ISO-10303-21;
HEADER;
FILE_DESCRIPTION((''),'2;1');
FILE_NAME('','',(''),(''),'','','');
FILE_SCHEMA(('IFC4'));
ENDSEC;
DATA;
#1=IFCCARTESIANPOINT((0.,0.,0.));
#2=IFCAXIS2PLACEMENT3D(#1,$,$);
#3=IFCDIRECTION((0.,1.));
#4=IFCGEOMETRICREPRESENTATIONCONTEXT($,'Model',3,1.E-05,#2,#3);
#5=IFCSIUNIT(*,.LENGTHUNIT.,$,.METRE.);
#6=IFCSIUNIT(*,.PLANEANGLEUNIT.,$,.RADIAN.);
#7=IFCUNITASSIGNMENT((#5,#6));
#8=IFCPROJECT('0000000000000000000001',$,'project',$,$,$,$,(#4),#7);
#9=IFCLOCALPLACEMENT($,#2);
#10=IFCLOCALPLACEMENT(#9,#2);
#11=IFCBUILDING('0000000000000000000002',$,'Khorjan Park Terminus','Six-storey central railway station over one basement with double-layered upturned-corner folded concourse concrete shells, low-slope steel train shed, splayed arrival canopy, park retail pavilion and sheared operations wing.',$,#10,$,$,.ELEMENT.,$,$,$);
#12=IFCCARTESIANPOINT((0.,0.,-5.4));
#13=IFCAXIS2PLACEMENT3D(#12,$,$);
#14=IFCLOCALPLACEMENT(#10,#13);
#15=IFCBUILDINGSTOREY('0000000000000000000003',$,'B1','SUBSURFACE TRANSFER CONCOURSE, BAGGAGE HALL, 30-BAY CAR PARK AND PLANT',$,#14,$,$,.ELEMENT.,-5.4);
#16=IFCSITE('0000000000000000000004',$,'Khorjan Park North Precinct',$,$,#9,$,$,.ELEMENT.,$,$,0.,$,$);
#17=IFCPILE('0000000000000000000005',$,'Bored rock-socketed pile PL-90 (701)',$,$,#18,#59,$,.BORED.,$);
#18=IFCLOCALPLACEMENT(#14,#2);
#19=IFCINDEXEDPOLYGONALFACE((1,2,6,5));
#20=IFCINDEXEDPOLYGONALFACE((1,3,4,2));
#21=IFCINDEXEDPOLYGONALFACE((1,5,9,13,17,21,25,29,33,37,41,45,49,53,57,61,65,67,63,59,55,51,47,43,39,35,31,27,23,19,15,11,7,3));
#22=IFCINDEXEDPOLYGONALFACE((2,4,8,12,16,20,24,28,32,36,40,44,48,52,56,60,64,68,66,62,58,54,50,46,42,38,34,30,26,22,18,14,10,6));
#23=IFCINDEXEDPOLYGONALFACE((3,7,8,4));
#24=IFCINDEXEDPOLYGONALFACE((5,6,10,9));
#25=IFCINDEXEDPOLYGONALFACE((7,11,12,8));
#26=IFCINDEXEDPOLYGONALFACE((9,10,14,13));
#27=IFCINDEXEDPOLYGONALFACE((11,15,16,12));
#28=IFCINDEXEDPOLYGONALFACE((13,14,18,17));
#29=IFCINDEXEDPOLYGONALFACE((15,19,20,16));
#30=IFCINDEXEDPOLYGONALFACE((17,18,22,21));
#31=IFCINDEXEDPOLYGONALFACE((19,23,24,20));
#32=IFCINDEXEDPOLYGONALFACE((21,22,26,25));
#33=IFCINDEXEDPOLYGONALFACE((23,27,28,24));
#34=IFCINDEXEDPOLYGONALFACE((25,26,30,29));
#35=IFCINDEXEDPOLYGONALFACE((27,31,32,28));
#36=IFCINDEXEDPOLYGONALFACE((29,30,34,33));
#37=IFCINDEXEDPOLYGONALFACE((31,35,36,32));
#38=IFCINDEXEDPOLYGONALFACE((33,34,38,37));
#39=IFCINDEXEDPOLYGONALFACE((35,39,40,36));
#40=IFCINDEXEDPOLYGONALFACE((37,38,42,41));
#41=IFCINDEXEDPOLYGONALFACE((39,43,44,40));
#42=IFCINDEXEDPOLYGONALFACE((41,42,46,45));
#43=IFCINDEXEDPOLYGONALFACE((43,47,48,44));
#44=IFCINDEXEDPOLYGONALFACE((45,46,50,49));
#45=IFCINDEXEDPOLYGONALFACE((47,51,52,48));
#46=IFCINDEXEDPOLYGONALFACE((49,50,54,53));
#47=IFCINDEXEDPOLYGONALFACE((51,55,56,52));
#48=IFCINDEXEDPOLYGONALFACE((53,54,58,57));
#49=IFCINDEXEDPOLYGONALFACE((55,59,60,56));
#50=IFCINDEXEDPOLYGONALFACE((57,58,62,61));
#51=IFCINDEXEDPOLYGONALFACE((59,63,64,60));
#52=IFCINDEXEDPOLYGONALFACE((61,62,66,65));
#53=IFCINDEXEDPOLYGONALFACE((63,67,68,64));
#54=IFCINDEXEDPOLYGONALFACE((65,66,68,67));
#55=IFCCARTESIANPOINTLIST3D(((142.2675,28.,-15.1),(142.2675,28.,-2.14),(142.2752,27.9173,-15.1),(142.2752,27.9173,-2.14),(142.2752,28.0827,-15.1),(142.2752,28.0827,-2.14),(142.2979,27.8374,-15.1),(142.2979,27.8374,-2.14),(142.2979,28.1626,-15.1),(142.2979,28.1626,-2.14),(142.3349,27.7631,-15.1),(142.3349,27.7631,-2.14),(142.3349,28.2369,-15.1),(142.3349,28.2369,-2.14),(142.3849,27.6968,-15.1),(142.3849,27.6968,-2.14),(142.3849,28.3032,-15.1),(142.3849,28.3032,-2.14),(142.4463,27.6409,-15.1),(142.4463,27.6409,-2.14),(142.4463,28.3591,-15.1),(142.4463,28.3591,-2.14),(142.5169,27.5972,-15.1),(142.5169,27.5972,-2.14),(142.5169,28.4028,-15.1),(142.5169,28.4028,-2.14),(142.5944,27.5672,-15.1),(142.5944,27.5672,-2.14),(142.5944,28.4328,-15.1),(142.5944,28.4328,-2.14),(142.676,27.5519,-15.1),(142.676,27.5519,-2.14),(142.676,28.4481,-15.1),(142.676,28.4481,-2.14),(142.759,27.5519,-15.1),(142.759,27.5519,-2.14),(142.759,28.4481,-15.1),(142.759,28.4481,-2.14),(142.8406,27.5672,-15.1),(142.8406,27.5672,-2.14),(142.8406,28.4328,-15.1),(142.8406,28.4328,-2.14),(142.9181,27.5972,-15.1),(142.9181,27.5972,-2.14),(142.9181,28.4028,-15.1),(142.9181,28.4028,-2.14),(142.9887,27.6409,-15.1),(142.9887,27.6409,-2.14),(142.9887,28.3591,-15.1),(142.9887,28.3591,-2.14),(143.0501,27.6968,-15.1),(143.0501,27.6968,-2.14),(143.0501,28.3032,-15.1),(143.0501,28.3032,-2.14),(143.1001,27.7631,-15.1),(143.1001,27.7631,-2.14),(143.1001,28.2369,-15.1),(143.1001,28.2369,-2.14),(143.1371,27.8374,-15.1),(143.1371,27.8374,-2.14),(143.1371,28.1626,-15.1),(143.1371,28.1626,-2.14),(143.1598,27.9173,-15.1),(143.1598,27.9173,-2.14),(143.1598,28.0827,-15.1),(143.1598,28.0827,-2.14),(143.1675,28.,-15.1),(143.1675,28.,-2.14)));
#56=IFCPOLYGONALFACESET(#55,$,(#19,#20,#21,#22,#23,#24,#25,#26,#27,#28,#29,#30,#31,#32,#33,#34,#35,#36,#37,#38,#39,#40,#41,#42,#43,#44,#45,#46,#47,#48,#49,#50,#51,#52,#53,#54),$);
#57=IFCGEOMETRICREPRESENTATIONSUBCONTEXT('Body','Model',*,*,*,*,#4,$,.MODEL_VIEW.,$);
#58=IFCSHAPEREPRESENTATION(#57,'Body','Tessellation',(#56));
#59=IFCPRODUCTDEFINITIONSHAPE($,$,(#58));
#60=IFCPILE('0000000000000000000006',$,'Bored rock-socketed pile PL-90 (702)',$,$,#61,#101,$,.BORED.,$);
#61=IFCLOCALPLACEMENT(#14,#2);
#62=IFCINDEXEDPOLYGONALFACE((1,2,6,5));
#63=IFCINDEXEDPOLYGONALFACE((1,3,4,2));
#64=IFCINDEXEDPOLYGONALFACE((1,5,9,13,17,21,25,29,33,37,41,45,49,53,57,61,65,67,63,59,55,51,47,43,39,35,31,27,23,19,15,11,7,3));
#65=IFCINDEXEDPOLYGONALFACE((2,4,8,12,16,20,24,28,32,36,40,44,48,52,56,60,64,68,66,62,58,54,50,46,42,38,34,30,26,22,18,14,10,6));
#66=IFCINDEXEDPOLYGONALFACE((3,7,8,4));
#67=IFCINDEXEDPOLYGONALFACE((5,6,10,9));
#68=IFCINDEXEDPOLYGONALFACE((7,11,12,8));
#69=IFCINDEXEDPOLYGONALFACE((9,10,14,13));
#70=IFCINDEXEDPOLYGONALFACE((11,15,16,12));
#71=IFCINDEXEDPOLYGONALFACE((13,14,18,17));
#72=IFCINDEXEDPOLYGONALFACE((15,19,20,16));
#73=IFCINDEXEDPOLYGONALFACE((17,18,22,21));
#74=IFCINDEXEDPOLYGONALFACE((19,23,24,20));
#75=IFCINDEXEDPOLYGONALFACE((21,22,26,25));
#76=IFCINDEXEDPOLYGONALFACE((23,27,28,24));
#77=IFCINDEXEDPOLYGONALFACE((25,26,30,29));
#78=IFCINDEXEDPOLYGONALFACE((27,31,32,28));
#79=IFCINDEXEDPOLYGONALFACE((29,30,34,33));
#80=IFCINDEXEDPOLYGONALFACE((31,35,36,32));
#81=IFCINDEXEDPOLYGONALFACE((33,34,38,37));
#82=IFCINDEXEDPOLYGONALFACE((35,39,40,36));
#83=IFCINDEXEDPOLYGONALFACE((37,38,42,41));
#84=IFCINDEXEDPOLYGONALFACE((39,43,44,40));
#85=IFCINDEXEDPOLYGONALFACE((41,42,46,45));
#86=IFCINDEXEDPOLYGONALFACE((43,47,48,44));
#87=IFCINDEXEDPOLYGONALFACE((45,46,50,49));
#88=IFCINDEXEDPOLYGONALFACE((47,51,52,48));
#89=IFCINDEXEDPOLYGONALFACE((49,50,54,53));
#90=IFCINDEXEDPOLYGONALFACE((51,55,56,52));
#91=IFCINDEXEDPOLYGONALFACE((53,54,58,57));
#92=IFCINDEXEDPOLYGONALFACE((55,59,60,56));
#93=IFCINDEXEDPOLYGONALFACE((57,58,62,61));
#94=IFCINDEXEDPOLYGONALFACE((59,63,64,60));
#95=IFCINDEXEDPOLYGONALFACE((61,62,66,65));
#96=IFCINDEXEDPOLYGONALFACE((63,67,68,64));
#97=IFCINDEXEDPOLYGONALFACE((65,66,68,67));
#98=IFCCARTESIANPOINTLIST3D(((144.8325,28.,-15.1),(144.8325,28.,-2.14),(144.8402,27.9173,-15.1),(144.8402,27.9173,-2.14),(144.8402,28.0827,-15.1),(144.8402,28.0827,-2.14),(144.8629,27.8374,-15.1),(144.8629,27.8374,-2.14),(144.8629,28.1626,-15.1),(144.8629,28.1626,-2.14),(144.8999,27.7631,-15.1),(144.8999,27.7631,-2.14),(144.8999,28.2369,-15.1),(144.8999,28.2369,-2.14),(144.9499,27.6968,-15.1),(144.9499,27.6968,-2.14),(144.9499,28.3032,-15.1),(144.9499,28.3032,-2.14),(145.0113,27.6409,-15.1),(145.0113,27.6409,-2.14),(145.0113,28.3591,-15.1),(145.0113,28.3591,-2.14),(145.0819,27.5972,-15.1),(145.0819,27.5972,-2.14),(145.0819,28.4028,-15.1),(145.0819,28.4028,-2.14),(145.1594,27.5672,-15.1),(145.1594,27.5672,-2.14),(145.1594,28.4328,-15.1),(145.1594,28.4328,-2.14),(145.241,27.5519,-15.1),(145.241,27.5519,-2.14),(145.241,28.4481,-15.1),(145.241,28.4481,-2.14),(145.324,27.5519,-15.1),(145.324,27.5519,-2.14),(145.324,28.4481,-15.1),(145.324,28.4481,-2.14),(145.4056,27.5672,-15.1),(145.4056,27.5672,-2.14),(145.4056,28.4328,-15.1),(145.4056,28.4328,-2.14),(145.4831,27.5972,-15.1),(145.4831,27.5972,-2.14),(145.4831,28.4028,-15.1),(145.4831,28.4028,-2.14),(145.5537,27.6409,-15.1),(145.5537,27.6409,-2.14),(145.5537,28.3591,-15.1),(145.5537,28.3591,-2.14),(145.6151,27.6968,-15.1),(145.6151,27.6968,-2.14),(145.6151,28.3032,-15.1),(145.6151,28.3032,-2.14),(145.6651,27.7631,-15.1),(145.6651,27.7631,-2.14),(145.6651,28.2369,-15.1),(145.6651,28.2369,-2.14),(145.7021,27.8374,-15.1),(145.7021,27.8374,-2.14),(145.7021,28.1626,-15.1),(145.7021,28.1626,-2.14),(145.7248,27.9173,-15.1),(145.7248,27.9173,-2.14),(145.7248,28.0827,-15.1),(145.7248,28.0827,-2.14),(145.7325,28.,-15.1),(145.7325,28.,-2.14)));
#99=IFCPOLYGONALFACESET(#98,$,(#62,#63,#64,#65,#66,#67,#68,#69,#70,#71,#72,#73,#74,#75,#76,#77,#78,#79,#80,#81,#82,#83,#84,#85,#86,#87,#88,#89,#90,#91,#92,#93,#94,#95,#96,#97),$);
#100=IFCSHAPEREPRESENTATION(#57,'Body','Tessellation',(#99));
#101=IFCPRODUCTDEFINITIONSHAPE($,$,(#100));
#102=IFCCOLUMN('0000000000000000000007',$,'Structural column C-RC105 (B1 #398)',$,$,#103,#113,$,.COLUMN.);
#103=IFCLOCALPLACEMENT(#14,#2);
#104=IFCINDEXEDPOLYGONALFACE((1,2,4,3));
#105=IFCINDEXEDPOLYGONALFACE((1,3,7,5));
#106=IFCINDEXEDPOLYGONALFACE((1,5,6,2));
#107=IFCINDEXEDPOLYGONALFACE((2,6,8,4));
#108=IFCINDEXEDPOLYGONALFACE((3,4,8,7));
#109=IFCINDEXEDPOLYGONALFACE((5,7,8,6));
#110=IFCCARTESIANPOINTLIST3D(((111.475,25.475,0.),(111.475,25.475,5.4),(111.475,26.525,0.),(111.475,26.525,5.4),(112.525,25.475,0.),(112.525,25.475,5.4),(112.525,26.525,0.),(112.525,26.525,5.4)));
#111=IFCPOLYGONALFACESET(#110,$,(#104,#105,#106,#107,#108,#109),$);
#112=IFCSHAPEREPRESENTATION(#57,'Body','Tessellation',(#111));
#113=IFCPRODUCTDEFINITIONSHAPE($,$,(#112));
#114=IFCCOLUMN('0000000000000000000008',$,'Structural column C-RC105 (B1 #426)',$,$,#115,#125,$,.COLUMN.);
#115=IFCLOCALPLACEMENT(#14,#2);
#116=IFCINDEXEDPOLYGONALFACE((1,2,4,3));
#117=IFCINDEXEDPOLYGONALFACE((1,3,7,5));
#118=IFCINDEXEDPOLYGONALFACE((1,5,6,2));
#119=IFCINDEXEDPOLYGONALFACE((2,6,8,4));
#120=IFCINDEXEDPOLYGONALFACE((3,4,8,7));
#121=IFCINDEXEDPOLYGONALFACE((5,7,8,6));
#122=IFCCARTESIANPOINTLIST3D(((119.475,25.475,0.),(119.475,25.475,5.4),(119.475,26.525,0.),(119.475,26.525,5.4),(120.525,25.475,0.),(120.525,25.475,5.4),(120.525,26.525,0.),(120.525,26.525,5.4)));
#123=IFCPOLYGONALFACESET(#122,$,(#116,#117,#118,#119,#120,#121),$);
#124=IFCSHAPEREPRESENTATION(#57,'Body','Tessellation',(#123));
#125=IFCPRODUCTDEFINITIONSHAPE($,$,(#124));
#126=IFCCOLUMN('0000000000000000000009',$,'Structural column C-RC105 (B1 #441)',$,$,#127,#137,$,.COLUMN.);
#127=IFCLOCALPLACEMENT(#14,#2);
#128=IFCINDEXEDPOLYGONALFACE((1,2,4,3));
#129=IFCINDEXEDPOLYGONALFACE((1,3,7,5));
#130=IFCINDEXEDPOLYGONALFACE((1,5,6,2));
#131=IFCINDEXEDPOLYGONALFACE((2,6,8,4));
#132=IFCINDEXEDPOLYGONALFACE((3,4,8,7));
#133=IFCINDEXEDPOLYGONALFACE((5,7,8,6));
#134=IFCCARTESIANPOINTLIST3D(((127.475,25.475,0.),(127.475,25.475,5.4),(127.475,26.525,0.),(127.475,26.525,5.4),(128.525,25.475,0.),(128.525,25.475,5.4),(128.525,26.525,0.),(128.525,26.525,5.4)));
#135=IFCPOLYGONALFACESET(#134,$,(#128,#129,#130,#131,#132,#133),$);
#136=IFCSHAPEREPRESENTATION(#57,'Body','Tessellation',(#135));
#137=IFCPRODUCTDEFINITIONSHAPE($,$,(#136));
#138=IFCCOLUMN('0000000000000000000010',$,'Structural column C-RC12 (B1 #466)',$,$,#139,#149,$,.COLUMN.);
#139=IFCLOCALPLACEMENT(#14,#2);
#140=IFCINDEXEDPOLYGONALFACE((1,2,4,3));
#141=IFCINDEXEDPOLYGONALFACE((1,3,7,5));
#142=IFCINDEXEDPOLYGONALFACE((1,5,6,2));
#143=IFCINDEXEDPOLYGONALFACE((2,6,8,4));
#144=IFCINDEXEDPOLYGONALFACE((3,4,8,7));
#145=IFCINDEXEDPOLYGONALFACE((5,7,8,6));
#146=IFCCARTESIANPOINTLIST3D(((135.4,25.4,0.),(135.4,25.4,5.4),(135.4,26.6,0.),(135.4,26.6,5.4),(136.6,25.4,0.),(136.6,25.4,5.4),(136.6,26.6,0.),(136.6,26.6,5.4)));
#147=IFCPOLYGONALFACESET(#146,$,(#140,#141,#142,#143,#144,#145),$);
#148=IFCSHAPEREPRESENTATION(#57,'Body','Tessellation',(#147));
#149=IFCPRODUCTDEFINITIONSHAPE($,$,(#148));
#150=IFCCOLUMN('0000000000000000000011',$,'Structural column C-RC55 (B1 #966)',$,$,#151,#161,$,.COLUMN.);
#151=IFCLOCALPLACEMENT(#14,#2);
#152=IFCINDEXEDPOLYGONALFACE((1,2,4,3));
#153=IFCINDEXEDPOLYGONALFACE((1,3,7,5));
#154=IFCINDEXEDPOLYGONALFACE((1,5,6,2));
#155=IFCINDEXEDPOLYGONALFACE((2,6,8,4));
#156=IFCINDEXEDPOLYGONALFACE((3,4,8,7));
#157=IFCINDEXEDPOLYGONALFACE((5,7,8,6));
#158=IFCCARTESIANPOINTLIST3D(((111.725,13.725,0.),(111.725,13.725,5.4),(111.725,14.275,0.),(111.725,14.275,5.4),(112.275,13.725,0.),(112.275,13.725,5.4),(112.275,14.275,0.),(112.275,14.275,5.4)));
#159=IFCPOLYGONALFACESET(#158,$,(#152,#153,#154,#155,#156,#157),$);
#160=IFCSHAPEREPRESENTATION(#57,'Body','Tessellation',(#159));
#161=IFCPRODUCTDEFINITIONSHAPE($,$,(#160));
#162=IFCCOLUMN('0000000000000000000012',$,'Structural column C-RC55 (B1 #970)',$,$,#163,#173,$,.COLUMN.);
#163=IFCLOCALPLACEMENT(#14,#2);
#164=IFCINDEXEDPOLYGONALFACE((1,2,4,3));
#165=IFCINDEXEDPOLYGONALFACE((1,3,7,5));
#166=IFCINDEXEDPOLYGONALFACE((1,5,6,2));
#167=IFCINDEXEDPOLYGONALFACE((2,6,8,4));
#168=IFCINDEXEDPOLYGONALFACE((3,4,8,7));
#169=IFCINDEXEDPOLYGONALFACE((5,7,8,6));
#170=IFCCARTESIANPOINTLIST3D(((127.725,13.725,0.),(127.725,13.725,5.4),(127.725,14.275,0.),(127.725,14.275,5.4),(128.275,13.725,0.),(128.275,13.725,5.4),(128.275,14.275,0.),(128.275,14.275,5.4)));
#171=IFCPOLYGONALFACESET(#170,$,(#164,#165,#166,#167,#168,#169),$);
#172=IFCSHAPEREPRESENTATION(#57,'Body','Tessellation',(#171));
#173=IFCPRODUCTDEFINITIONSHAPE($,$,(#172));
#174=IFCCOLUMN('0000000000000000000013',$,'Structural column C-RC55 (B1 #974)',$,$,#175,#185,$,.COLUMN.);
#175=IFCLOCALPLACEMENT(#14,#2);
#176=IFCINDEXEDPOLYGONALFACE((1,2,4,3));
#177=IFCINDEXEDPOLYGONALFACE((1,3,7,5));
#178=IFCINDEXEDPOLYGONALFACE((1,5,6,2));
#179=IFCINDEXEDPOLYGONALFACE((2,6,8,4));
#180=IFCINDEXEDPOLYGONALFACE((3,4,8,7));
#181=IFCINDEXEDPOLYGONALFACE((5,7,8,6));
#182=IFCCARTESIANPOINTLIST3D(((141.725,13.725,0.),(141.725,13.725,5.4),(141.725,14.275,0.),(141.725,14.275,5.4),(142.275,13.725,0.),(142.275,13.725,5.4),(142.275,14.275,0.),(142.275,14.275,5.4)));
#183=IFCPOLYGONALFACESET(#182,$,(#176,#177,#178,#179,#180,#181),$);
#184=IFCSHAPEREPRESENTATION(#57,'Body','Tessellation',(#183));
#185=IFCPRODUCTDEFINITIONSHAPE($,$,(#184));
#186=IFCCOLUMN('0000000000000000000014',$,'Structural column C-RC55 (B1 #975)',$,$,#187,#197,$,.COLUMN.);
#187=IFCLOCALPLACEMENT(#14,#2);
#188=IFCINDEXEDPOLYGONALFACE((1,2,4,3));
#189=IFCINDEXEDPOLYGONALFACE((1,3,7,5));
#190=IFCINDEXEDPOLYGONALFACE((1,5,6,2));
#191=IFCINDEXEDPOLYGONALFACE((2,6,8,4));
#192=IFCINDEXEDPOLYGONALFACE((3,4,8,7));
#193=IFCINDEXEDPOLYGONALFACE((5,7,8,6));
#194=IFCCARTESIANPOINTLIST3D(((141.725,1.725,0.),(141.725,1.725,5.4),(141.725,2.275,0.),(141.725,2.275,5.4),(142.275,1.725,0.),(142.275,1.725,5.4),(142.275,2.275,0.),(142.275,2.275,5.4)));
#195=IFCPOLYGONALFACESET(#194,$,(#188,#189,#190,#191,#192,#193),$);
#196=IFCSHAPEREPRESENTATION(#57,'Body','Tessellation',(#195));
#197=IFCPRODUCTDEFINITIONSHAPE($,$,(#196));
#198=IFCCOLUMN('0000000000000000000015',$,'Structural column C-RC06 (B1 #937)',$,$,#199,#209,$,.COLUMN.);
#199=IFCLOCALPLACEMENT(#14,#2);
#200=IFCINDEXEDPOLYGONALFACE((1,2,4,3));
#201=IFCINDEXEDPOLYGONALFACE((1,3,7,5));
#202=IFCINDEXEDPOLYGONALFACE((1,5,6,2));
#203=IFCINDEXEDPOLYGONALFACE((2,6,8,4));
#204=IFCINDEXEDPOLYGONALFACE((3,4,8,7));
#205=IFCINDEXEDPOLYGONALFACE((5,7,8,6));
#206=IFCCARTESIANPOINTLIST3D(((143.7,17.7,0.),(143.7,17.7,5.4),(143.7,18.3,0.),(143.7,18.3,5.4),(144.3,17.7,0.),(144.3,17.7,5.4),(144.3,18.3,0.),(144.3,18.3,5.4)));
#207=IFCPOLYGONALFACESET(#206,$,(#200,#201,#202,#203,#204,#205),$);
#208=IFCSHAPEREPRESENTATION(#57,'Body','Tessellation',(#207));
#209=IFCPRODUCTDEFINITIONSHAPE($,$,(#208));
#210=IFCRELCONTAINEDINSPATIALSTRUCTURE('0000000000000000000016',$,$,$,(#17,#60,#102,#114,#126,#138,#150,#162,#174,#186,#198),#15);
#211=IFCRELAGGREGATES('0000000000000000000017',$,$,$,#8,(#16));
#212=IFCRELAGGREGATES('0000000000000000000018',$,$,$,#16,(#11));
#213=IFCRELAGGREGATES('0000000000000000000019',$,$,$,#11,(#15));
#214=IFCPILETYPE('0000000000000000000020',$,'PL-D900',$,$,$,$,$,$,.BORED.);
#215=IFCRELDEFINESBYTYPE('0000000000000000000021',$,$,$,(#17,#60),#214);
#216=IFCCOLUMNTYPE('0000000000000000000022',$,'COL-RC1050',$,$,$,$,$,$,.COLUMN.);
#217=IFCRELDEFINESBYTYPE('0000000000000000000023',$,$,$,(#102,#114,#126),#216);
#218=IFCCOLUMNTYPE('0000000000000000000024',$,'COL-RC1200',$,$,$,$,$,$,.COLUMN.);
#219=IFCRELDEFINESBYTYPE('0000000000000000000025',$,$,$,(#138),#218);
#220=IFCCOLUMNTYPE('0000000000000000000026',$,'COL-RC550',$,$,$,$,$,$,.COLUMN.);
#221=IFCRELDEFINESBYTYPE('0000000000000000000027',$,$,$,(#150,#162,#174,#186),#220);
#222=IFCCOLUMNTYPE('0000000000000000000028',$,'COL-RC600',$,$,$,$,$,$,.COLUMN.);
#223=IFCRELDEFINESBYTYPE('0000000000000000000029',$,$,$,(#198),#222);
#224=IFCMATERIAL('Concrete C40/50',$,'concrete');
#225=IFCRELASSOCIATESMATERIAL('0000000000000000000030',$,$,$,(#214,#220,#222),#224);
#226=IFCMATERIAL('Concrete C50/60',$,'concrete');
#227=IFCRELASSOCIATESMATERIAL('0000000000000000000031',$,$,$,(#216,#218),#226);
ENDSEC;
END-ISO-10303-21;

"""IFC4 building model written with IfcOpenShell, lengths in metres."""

from ifc_helpers import new_model, si_unit, direction, frame, origin, origin_2d, place, context, subcontext, project, spatial, rectangle, circle, extrude, material, material_profile, profile_set, type_object, element, save


model = new_model("IFC4")

# Units and contexts
model_context = context("Model", 3, precision=1e-05, world=origin(), true_north=direction((0.0, 1.0)))
body_context = subcontext(model_context, "Body", "Model", "MODEL_VIEW")
ifc_project = project(units=[si_unit("LENGTHUNIT", "METRE"), si_unit("PLANEANGLEUNIT", "RADIAN")], contexts=[model_context])

# Site, building, storey
site_placement = place(None, origin())
site = spatial("IfcSite", under=ifc_project, at=site_placement, Name="Khorjan Park North Precinct", CompositionType="ELEMENT", RefElevation=0.0)
building_placement = place(site_placement, origin())
building = spatial("IfcBuilding", under=site, at=building_placement, Name="Khorjan Park Terminus", Description="Six-storey central railway station over one basement with double-layered upturned-corner folded concourse concrete shells, low-slope steel train shed, splayed arrival canopy, park retail pavilion and sheared operations wing.", CompositionType="ELEMENT")
storey_placement = place(building_placement, frame((0.0, 0.0, -5.4)))
storey = spatial("IfcBuildingStorey", under=building, at=storey_placement, Name="B1", Description="SUBSURFACE TRANSFER CONCOURSE, BAGGAGE HALL, 30-BAY CAR PARK AND PLANT", CompositionType="ELEMENT", Elevation=-5.4)

# Piles
ifc_material_1 = material(Name="Concrete C40/50", Category="concrete")
ifc_material_profile_1 = material_profile(ifc_material_1, circle(Radius=0.45, at=origin_2d()), Name="BORED D900")
ifc_profile_set_1 = profile_set([ifc_material_profile_1], Name="Concrete C40/50")
pile_type_1 = type_object("IfcPileType", Name="PL-D900", PredefinedType="BORED", material=ifc_profile_set_1)
for number, where, z_axis, x_axis, name in (
    (1, (142.7175, 28.0, -2.14), (0.0, 0.0, -1.0), (1.0, 0.0, 0.0), "Bored rock-socketed pile PL-90 (701)"),
    (2, (145.2825, 28.0, -2.14), (0.0, 0.0, -1.0), (1.0, 0.0, 0.0), "Bored rock-socketed pile PL-90 (702)"),
):
    element("IfcPile", number, at=place(storey_placement, frame(where, z_axis=z_axis, x_axis=x_axis)), inside=storey, type_object=pile_type_1, Name=name, PredefinedType="BORED", context=body_context, shape_type="SweptSolid", body=[
        extrude(circle(Radius=0.45, at=origin_2d()), origin(), (0.0, 0.0, 1.0), 12.96),
    ])

# Columns
ifc_material_2 = material(Name="Concrete C50/60", Category="concrete")
ifc_material_profile_2 = material_profile(ifc_material_2, rectangle(XDim=1.05, YDim=1.05, at=origin_2d()), Name="RC 1050x1050")
ifc_profile_set_2 = profile_set([ifc_material_profile_2], Name="Concrete C50/60")
column_type_1 = type_object("IfcColumnType", Name="COL-RC1050", PredefinedType="COLUMN", material=ifc_profile_set_2)
for number, where, z_axis, x_axis, name in (
    (3, (112.0, 26.0, 0.0), (0.0, 0.0, 1.0), (1.0, 0.0, 0.0), "Structural column C-RC105 (B1 #398)"),
    (4, (120.0, 26.0, 0.0), (0.0, 0.0, 1.0), (1.0, 0.0, 0.0), "Structural column C-RC105 (B1 #426)"),
    (5, (128.0, 26.0, 0.0), (0.0, 0.0, 1.0), (1.0, 0.0, 0.0), "Structural column C-RC105 (B1 #441)"),
):
    element("IfcColumn", number, at=place(storey_placement, frame(where, z_axis=z_axis, x_axis=x_axis)), inside=storey, type_object=column_type_1, Name=name, PredefinedType="COLUMN", context=body_context, shape_type="SweptSolid", body=[
        extrude(rectangle(XDim=1.05, YDim=1.05, at=origin_2d()), origin(), (0.0, 0.0, 1.0), 5.4),
    ])
ifc_material_profile_3 = material_profile(ifc_material_2, rectangle(XDim=1.2, YDim=1.2, at=origin_2d()), Name="RC 1200x1200")
ifc_profile_set_3 = profile_set([ifc_material_profile_3], Name="Concrete C50/60")
column_type_2 = type_object("IfcColumnType", Name="COL-RC1200", PredefinedType="COLUMN", material=ifc_profile_set_3)
column_1_placement = place(storey_placement, frame((136.0, 26.0, 0.0), z_axis=(0.0, 0.0, 1.0), x_axis=(1.0, 0.0, 0.0)))
element("IfcColumn", 6, at=column_1_placement, inside=storey, type_object=column_type_2, Name="Structural column C-RC12 (B1 #466)", PredefinedType="COLUMN", context=body_context, shape_type="SweptSolid", body=[
    extrude(rectangle(XDim=1.2, YDim=1.2, at=origin_2d()), origin(), (0.0, 0.0, 1.0), 5.4),
])
ifc_material_profile_4 = material_profile(ifc_material_1, rectangle(XDim=0.55, YDim=0.55, at=origin_2d()), Name="RC 550x550")
ifc_profile_set_4 = profile_set([ifc_material_profile_4], Name="Concrete C40/50")
column_type_3 = type_object("IfcColumnType", Name="COL-RC550", PredefinedType="COLUMN", material=ifc_profile_set_4)
for number, where, z_axis, x_axis, name in (
    (7, (112.0, 14.0, 0.0), (0.0, 0.0, 1.0), (1.0, 0.0, 0.0), "Structural column C-RC55 (B1 #966)"),
    (8, (128.0, 14.0, 0.0), (0.0, 0.0, 1.0), (1.0, 0.0, 0.0), "Structural column C-RC55 (B1 #970)"),
    (9, (142.0, 14.0, 0.0), (0.0, 0.0, 1.0), (1.0, 0.0, 0.0), "Structural column C-RC55 (B1 #974)"),
    (10, (142.0, 2.0, 0.0), (0.0, 0.0, 1.0), (1.0, 0.0, 0.0), "Structural column C-RC55 (B1 #975)"),
):
    element("IfcColumn", number, at=place(storey_placement, frame(where, z_axis=z_axis, x_axis=x_axis)), inside=storey, type_object=column_type_3, Name=name, PredefinedType="COLUMN", context=body_context, shape_type="SweptSolid", body=[
        extrude(rectangle(XDim=0.55, YDim=0.55, at=origin_2d()), origin(), (0.0, 0.0, 1.0), 5.4),
    ])
ifc_material_profile_5 = material_profile(ifc_material_1, rectangle(XDim=0.6, YDim=0.6, at=origin_2d()), Name="RC 600x600")
ifc_profile_set_5 = profile_set([ifc_material_profile_5], Name="Concrete C40/50")
column_type_4 = type_object("IfcColumnType", Name="COL-RC600", PredefinedType="COLUMN", material=ifc_profile_set_5)
column_2_placement = place(storey_placement, frame((144.0, 18.0, 0.0), z_axis=(0.0, 0.0, 1.0), x_axis=(1.0, 0.0, 0.0)))
element("IfcColumn", 11, at=column_2_placement, inside=storey, type_object=column_type_4, Name="Structural column C-RC06 (B1 #937)", PredefinedType="COLUMN", context=body_context, shape_type="SweptSolid", body=[
    extrude(rectangle(XDim=0.6, YDim=0.6, at=origin_2d()), origin(), (0.0, 0.0, 1.0), 5.4),
])

save(model, "model.ifc")
